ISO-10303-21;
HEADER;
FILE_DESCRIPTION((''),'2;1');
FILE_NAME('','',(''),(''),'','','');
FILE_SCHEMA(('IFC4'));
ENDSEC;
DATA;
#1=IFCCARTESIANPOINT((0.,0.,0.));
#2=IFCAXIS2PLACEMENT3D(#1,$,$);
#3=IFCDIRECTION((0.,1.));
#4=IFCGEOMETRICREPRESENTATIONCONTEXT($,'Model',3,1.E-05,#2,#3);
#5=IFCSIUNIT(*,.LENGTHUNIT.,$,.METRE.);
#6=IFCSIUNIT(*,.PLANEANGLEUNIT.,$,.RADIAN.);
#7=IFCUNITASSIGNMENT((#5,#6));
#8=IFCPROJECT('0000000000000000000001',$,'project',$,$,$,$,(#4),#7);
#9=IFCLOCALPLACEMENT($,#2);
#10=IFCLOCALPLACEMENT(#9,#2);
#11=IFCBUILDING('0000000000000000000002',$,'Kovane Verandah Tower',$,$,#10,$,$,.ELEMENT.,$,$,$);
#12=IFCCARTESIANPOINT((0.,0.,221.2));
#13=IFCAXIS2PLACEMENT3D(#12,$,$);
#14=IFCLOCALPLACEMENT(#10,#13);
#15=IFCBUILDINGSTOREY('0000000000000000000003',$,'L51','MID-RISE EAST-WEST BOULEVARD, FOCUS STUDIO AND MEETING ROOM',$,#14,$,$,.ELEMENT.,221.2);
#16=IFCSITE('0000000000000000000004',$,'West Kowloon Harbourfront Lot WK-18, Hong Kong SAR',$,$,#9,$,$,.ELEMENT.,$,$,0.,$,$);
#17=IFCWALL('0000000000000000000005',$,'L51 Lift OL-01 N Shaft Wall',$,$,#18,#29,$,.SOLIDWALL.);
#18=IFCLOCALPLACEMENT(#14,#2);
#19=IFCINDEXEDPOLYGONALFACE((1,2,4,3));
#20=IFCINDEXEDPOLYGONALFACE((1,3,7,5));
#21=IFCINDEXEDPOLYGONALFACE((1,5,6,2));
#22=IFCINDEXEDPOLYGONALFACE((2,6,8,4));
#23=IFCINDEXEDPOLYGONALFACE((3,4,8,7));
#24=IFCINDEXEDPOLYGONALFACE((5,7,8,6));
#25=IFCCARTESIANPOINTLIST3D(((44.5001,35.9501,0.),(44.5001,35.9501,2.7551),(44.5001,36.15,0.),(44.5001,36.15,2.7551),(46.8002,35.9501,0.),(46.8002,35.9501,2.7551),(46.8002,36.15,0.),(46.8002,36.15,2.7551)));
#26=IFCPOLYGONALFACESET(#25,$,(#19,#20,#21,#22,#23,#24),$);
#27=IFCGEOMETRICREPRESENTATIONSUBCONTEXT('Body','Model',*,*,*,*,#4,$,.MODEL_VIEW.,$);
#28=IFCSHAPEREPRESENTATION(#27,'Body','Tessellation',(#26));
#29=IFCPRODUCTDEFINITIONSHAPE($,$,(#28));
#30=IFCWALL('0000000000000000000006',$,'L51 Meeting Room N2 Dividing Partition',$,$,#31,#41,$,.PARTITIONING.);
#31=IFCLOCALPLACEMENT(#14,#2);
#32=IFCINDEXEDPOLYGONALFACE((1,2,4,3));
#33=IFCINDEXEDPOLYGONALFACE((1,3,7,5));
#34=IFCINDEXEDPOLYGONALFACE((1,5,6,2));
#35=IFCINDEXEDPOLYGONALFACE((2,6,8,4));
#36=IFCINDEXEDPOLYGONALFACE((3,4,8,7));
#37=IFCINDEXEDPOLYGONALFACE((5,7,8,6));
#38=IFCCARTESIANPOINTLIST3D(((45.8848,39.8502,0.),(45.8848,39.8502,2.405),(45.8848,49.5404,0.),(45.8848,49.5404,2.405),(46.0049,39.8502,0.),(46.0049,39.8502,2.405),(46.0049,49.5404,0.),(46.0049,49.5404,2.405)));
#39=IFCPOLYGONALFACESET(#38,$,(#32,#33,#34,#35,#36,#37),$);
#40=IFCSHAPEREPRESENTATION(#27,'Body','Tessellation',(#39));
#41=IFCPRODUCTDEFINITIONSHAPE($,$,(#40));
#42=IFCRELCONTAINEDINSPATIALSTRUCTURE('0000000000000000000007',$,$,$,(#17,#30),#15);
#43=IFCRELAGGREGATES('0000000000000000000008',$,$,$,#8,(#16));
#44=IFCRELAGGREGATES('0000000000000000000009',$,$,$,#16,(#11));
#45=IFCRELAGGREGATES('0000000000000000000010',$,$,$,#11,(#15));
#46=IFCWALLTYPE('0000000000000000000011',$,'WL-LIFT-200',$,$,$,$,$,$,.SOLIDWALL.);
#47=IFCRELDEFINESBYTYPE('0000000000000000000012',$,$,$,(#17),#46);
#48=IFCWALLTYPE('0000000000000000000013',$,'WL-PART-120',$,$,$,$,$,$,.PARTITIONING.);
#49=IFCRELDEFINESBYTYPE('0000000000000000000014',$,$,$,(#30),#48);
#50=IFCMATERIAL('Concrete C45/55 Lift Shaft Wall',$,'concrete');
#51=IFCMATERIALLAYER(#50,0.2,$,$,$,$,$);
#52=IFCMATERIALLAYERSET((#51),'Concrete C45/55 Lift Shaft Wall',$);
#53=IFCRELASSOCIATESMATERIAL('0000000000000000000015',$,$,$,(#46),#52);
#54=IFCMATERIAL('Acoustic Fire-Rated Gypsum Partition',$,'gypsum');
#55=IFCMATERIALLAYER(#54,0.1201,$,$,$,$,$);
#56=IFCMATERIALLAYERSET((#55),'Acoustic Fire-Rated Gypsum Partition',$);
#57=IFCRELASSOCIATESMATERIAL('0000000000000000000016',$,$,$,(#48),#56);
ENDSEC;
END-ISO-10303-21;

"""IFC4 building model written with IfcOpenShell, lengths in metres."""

from ifc_helpers import new_model, si_unit, direction, frame, frame_2d, origin, place, context, subcontext, project, spatial, rectangle, extrude, material, layer, layer_set, type_object, element, save


model = new_model("IFC4")

# Units and contexts
model_context = context("Model", 3, precision=1e-05, world=origin(), true_north=direction((0.0, 1.0)))
body_context = subcontext(model_context, "Body", "Model", "MODEL_VIEW")
ifc_project = project(units=[si_unit("LENGTHUNIT", "METRE"), si_unit("PLANEANGLEUNIT", "RADIAN")], contexts=[model_context])

# Site, building, storey
site_placement = place(None, origin())
site = spatial("IfcSite", under=ifc_project, at=site_placement, Name="West Kowloon Harbourfront Lot WK-18, Hong Kong SAR", CompositionType="ELEMENT", RefElevation=0.0)
building_placement = place(site_placement, origin())
building = spatial("IfcBuilding", under=site, at=building_placement, Name="Kovane Verandah Tower", CompositionType="ELEMENT")
storey_placement = place(building_placement, frame((0.0, 0.0, 221.2)))
storey = spatial("IfcBuildingStorey", under=building, at=storey_placement, Name="L51", Description="MID-RISE EAST-WEST BOULEVARD, FOCUS STUDIO AND MEETING ROOM", CompositionType="ELEMENT", Elevation=221.2)

# Walls
ifc_material_1 = material(Name="Concrete C45/55 Lift Shaft Wall", Category="concrete")
ifc_layer_1 = layer(ifc_material_1, 0.2)
ifc_layer_set_1 = layer_set([ifc_layer_1], Name="Concrete C45/55 Lift Shaft Wall")
wall_type_1 = type_object("IfcWallType", Name="WL-LIFT-200", PredefinedType="SOLIDWALL", material=ifc_layer_set_1)
wall_1_placement = place(storey_placement, frame((46.8, 36.05, 0.0), z_axis=(0.0, 0.0, 1.0), x_axis=(-1.0, 0.0, 0.0)))
element("IfcWall", 1, at=wall_1_placement, inside=storey, type_object=wall_type_1, Name="L51 Lift OL-01 N Shaft Wall", PredefinedType="SOLIDWALL", context=body_context, shape_type="SweptSolid", body=[
    extrude(rectangle(XDim=2.3, YDim=0.2, at=frame_2d((1.1499, 0.0))), origin(), (0.0, 0.0, 1.0), 2.7551),
])
ifc_material_2 = material(Name="Acoustic Fire-Rated Gypsum Partition", Category="gypsum")
ifc_layer_2 = layer(ifc_material_2, 0.1201)
ifc_layer_set_2 = layer_set([ifc_layer_2], Name="Acoustic Fire-Rated Gypsum Partition")
wall_type_2 = type_object("IfcWallType", Name="WL-PART-120", PredefinedType="PARTITIONING", material=ifc_layer_set_2)
wall_2_placement = place(storey_placement, frame((45.9448, 39.8501, 0.0), z_axis=(0.0, 0.0, 1.0), x_axis=(0.0, 1.0, 0.0)))
element("IfcWall", 2, at=wall_2_placement, inside=storey, type_object=wall_type_2, Name="L51 Meeting Room N2 Dividing Partition", PredefinedType="PARTITIONING", context=body_context, shape_type="SweptSolid", body=[
    extrude(rectangle(XDim=9.6902, YDim=0.1201, at=frame_2d((4.8452, 0.0))), origin(), (0.0, 0.0, 1.0), 2.405),
])

save(model, "model.ifc")
